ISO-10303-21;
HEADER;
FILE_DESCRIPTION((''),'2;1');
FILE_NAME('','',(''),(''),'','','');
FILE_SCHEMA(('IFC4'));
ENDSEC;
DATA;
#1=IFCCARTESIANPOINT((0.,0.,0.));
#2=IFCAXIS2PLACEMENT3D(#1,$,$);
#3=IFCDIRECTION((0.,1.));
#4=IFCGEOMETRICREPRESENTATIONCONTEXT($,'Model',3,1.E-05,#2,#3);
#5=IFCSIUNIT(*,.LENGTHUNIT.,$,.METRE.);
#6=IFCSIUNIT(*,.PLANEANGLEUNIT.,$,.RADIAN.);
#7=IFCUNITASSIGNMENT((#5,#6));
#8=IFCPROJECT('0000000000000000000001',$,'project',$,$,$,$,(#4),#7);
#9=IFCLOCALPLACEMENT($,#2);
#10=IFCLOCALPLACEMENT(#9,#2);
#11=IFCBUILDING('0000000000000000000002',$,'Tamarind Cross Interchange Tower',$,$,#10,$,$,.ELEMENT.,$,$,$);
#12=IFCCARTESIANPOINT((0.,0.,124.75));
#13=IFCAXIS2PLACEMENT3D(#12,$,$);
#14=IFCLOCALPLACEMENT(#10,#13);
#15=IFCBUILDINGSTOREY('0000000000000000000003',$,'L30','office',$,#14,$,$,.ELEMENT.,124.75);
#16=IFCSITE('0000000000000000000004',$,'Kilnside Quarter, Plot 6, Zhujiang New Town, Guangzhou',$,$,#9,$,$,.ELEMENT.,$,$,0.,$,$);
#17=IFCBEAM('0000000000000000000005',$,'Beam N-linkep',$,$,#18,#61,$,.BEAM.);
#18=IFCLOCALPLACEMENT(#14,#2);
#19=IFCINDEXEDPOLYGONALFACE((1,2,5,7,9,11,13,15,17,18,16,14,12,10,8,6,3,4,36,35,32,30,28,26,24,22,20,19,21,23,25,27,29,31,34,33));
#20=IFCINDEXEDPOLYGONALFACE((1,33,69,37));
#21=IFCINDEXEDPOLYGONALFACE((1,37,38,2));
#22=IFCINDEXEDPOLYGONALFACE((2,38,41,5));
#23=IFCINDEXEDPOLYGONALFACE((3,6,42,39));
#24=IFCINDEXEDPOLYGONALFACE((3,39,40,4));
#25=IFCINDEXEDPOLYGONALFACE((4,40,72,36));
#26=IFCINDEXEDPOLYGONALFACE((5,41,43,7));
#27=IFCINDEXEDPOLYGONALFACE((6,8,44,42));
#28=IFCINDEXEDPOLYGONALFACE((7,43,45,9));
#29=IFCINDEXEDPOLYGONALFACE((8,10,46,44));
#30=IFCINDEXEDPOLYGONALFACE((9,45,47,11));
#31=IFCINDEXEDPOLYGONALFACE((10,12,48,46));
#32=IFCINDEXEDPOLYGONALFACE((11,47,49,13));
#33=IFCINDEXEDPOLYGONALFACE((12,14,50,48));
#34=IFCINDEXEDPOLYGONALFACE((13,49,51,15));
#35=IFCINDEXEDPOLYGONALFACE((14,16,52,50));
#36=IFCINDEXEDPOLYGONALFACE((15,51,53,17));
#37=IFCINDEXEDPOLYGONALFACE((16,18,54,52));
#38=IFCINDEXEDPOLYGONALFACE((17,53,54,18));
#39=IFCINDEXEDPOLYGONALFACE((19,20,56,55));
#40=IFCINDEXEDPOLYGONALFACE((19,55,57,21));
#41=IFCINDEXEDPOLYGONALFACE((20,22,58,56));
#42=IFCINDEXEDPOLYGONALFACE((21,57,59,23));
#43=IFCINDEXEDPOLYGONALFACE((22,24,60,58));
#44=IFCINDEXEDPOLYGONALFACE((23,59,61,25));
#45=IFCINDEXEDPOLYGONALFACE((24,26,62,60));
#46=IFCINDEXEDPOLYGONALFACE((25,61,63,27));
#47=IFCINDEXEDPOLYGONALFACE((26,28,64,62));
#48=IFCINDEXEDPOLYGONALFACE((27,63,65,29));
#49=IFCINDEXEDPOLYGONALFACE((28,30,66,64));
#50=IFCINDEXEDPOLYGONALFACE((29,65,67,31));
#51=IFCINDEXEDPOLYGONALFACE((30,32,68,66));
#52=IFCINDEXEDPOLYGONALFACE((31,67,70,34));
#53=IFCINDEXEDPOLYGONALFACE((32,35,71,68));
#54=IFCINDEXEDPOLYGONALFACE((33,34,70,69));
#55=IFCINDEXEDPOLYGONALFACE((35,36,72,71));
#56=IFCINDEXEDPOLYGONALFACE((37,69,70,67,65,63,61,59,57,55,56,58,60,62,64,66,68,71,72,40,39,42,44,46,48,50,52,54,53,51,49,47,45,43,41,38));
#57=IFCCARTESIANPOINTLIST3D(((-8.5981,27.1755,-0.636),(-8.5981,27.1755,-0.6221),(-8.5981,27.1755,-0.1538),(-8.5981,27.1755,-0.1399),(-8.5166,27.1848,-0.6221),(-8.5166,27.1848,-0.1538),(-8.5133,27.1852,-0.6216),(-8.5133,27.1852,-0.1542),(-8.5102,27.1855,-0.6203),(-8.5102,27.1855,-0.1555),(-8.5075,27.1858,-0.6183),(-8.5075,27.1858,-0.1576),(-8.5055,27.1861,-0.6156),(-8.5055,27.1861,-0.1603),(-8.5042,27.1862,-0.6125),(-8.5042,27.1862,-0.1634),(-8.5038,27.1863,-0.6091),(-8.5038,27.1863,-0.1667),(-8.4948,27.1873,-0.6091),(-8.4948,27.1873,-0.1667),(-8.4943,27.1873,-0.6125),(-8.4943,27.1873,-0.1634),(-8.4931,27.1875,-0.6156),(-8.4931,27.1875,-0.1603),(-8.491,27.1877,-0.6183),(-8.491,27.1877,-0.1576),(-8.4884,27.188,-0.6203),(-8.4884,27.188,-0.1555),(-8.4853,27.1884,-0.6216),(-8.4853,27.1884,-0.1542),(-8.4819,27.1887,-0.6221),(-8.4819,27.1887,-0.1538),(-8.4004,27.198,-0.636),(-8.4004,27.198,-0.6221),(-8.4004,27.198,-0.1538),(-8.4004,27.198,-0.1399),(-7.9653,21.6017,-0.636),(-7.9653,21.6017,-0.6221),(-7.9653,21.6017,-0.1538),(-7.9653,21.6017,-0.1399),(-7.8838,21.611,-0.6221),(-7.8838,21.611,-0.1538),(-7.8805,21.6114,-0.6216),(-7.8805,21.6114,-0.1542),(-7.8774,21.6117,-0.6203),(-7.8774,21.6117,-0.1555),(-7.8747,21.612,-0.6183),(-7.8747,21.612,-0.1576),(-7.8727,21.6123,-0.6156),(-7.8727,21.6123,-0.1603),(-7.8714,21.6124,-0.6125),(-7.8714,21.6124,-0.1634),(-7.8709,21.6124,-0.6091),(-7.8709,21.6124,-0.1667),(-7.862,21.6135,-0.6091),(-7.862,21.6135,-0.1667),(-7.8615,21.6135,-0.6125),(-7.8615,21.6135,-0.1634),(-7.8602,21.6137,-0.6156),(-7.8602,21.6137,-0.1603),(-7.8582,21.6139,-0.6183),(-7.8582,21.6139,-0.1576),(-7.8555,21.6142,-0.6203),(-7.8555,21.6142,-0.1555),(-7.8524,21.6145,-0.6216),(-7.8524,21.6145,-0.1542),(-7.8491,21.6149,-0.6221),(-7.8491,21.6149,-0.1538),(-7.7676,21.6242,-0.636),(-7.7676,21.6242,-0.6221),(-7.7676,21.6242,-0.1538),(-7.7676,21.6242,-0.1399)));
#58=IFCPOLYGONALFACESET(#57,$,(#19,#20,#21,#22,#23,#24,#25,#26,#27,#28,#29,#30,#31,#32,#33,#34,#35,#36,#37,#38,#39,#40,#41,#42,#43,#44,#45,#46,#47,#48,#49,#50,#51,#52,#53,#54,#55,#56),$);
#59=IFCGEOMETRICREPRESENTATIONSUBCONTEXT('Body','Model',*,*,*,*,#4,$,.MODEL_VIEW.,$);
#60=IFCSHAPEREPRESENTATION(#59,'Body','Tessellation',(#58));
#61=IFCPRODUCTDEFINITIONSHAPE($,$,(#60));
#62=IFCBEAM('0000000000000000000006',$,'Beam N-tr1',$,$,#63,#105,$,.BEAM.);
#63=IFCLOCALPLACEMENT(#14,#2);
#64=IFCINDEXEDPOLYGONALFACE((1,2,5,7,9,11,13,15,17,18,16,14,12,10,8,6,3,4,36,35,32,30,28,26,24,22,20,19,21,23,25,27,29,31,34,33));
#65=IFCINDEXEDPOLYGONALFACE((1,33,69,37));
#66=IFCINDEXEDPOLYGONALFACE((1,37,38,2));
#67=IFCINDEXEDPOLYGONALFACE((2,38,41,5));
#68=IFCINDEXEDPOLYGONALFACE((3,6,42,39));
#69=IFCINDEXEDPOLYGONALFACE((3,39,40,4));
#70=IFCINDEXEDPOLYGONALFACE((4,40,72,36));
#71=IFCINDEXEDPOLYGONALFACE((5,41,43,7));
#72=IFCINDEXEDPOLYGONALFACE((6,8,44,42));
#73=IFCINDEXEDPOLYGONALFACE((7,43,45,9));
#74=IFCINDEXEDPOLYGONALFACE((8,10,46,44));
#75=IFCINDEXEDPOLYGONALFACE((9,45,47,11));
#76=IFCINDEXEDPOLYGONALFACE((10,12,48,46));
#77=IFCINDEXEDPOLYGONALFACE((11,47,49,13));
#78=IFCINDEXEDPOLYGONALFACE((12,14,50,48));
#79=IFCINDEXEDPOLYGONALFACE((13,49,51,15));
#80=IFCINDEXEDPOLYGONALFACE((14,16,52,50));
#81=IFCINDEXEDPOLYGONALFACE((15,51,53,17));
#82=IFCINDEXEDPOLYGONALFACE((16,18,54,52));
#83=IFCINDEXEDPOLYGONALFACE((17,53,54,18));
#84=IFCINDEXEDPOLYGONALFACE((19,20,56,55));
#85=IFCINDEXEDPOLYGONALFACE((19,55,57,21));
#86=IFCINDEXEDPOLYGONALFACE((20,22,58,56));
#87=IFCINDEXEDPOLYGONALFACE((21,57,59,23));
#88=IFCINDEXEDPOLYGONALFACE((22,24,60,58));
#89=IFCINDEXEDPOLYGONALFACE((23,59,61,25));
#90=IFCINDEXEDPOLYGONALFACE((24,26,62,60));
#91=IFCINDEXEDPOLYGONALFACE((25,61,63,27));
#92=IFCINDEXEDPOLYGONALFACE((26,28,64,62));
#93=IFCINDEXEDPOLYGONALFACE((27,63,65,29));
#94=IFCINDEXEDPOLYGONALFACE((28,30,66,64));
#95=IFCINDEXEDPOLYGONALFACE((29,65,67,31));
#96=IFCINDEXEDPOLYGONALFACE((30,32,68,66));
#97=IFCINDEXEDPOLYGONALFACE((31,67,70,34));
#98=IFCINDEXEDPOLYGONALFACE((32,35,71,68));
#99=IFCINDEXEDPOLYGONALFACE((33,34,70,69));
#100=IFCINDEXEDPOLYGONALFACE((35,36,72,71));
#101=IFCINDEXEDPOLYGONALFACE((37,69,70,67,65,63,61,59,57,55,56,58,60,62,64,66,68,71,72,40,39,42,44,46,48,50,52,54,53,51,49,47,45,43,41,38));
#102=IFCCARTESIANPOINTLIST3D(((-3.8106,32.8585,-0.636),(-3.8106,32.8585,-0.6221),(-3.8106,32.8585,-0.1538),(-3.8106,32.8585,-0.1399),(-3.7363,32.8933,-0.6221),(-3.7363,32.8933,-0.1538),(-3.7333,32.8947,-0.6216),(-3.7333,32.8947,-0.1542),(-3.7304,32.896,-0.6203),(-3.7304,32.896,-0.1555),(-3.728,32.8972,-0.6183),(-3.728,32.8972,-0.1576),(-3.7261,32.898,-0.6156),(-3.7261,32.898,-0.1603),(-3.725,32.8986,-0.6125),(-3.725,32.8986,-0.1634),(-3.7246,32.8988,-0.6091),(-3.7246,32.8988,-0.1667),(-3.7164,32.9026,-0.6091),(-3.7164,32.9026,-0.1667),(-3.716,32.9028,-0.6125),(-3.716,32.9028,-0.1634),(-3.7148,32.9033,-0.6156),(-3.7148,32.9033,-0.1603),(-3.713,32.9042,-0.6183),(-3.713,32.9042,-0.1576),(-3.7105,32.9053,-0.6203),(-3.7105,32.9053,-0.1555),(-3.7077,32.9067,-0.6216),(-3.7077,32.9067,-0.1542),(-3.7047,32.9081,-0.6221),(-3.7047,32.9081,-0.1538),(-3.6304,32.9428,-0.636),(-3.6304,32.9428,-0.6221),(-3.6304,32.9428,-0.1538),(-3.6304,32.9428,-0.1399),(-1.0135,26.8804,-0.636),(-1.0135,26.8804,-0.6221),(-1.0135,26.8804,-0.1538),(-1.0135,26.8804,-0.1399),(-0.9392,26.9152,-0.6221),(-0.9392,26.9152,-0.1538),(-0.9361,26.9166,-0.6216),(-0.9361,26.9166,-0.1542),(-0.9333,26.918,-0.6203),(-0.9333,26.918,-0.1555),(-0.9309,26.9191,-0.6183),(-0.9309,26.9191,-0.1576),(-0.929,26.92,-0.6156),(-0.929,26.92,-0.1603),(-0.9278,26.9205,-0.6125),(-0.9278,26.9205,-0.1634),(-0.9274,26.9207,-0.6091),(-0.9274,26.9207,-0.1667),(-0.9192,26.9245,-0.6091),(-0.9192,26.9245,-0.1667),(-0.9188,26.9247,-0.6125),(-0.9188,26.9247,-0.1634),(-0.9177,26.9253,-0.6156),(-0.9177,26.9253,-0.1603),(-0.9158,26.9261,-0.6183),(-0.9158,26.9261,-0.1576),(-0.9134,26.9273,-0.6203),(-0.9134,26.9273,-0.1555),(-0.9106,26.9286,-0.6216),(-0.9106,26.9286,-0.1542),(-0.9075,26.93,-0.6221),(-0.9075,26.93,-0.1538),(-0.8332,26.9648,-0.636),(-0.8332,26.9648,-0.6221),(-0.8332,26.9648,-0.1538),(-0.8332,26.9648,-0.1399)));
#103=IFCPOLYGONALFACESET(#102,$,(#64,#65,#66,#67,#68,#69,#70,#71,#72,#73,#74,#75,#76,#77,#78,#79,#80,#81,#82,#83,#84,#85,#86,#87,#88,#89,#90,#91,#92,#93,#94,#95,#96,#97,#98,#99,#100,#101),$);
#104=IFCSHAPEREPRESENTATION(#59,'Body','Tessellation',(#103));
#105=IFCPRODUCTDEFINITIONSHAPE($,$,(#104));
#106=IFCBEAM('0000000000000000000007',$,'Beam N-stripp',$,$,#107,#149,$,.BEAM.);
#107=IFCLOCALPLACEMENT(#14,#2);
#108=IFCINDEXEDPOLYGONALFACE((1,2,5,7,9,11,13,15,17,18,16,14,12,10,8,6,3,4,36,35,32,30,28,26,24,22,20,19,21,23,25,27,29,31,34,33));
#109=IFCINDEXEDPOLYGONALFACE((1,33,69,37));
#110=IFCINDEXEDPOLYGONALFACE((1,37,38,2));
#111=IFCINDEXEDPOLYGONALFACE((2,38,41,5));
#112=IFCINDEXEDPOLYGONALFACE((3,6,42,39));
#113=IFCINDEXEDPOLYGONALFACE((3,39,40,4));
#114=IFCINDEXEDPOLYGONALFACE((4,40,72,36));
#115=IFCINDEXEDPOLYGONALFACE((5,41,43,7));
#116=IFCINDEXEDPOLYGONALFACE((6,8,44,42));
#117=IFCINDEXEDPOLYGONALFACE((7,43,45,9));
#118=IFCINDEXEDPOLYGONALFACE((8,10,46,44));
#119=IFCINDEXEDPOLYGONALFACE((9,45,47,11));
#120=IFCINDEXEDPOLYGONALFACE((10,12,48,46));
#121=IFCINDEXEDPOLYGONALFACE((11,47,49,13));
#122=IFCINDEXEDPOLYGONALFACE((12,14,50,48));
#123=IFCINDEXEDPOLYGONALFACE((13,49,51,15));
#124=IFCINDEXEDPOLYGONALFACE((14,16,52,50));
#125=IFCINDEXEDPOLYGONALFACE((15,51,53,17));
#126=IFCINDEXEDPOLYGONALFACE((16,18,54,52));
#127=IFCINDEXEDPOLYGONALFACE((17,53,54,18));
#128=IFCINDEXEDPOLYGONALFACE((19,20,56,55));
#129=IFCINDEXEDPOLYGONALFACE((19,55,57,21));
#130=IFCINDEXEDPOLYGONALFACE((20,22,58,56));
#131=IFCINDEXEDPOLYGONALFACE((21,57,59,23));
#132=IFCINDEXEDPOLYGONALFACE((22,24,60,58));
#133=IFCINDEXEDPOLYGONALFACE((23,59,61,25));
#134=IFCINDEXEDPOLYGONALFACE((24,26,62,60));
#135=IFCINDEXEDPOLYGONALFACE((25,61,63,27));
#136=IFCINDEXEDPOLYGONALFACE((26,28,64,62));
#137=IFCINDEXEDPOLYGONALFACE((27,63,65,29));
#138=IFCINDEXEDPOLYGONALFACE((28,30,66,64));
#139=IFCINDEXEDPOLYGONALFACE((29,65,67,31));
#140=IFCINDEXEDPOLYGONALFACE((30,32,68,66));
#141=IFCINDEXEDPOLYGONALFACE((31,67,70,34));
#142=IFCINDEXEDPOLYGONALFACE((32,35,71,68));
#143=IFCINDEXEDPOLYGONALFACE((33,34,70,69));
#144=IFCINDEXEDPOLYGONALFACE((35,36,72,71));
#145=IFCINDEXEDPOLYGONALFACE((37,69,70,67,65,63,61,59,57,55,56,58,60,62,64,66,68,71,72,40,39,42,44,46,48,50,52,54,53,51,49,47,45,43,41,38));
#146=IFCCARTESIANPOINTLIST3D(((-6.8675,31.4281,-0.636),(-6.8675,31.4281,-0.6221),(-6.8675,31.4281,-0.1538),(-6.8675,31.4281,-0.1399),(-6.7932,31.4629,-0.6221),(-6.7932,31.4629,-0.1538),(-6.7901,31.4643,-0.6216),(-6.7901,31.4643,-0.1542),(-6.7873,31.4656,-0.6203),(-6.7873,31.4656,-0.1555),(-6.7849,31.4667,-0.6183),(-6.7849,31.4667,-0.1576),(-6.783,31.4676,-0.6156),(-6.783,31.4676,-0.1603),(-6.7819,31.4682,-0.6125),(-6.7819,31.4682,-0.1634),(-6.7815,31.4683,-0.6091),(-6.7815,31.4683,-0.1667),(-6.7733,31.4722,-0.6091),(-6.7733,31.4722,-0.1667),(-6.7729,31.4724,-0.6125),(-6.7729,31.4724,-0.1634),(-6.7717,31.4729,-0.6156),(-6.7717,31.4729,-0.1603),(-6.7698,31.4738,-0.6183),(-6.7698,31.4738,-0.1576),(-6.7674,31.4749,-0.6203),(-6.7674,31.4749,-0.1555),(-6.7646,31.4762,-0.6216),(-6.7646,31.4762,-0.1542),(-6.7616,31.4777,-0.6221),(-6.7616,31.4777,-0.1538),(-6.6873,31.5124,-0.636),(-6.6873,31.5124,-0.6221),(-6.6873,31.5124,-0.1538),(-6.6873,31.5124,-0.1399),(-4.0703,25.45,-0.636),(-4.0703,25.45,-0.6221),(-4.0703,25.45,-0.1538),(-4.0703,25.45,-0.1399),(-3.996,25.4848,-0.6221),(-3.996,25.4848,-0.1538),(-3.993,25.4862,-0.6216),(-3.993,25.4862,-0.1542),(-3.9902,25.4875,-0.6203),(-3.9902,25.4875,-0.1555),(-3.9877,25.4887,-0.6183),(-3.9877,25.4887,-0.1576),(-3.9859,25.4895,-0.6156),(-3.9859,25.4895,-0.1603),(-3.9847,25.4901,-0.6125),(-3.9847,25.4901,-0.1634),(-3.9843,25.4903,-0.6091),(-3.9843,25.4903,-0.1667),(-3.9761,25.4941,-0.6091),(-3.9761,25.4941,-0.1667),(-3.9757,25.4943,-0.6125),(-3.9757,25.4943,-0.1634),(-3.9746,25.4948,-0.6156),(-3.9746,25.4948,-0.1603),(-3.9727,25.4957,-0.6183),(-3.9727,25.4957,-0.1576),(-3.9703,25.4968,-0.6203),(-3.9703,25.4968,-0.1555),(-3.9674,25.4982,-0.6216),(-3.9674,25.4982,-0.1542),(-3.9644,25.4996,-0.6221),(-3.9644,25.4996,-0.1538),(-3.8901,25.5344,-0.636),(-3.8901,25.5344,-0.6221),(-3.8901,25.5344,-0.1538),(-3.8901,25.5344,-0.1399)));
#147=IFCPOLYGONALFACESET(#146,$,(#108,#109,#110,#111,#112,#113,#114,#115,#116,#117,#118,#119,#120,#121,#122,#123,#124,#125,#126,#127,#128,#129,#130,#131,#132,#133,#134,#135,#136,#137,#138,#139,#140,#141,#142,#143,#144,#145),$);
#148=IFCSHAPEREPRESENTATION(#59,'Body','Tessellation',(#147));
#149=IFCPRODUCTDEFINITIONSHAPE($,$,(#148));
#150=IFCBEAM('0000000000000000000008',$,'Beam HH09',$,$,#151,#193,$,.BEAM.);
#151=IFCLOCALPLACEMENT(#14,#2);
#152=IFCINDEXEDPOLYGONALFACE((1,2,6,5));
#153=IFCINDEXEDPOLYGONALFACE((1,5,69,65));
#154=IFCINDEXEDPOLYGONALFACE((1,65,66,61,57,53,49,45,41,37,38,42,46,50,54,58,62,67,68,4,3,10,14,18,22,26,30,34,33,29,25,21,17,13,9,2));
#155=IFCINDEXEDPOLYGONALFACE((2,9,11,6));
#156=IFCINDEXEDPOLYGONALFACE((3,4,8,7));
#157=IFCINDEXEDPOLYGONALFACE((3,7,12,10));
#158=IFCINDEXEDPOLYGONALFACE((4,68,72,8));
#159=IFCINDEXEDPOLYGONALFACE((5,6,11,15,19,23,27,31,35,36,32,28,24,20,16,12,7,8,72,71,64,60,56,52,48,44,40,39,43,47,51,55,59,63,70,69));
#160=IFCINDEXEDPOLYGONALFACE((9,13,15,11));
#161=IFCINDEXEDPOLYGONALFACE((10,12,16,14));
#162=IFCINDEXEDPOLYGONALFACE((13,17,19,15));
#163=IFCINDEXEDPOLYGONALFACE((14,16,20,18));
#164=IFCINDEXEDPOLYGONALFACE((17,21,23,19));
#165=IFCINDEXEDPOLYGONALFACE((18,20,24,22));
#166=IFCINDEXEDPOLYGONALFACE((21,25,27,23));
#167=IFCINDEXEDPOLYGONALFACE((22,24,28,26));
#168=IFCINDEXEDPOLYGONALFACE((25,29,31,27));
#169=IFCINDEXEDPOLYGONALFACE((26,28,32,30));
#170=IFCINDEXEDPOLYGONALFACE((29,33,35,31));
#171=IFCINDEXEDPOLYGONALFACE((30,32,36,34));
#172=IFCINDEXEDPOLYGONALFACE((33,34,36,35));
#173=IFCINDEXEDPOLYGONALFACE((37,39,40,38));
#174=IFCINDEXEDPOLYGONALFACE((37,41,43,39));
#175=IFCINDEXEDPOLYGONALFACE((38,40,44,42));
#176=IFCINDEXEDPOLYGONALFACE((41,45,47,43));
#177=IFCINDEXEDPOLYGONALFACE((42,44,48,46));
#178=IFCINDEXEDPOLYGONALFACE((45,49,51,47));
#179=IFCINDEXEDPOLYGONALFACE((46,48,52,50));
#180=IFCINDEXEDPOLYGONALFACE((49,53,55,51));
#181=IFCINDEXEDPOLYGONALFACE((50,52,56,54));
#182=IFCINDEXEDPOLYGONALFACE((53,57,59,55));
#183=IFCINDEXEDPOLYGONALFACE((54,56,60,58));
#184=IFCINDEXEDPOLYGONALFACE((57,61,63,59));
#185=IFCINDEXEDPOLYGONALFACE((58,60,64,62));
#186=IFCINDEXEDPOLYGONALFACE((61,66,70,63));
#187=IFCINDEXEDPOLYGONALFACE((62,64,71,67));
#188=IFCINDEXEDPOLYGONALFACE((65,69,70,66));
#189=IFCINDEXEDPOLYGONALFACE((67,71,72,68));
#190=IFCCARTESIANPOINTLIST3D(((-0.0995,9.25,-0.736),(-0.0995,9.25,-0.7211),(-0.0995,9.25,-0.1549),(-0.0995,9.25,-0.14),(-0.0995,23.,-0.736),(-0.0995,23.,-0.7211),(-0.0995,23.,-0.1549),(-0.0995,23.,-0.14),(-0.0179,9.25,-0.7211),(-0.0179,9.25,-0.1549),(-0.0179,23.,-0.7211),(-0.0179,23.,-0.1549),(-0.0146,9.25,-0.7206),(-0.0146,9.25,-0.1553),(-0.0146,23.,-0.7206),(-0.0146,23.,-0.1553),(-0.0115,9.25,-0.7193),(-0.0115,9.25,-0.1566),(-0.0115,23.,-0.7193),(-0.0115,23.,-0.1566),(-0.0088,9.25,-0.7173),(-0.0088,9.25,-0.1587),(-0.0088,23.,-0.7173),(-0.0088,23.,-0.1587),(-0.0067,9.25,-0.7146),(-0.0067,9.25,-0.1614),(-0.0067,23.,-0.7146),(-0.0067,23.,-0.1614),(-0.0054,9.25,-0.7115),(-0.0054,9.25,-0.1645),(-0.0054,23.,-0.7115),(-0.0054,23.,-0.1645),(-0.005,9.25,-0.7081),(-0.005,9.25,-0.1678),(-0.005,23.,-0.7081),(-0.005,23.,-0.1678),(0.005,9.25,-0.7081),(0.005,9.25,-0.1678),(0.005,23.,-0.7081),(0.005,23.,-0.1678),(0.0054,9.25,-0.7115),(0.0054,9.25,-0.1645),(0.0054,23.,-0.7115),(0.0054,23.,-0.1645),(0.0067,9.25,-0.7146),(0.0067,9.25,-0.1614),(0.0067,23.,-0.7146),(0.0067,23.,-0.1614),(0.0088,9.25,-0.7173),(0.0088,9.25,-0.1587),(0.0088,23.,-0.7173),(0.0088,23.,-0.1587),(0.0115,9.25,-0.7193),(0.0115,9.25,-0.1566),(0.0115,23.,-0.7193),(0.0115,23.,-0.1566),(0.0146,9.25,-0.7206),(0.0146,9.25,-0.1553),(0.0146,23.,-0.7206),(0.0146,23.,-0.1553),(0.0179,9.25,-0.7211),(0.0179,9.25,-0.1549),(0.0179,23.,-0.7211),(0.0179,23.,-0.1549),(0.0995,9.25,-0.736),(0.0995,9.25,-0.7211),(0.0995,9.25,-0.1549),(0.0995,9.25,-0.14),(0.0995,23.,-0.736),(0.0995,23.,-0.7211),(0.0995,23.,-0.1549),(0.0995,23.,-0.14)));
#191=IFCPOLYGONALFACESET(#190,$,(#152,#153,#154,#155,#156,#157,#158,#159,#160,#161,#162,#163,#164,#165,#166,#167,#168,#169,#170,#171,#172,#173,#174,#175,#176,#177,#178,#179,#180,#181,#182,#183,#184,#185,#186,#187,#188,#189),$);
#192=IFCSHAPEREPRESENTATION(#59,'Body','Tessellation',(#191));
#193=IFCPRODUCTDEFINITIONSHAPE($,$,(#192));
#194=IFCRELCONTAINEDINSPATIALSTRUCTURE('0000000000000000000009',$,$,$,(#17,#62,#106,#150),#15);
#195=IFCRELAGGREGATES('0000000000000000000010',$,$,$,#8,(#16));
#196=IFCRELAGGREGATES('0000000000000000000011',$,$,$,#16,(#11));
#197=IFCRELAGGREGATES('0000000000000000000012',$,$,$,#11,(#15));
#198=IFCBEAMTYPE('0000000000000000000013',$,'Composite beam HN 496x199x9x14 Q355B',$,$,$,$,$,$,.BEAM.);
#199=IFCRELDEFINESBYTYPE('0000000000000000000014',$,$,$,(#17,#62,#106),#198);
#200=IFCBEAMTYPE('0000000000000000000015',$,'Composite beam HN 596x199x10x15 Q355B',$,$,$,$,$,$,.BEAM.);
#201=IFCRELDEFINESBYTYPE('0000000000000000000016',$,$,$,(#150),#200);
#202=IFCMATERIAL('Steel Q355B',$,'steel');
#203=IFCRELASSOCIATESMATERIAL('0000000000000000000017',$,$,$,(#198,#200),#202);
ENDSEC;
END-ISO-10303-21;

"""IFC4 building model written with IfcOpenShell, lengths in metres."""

from ifc_helpers import new_model, si_unit, direction, frame, origin, origin_2d, place, context, subcontext, project, spatial, i_section, extrude, material, material_profile, profile_set, type_object, element, save


model = new_model("IFC4")

# Units and contexts
model_context = context("Model", 3, precision=1e-05, world=origin(), true_north=direction((0.0, 1.0)))
body_context = subcontext(model_context, "Body", "Model", "MODEL_VIEW")
ifc_project = project(units=[si_unit("LENGTHUNIT", "METRE"), si_unit("PLANEANGLEUNIT", "RADIAN")], contexts=[model_context])

# Site, building, storey
site_placement = place(None, origin())
site = spatial("IfcSite", under=ifc_project, at=site_placement, Name="Kilnside Quarter, Plot 6, Zhujiang New Town, Guangzhou", CompositionType="ELEMENT", RefElevation=0.0)
building_placement = place(site_placement, origin())
building = spatial("IfcBuilding", under=site, at=building_placement, Name="Tamarind Cross Interchange Tower", CompositionType="ELEMENT")
storey_placement = place(building_placement, frame((0.0, 0.0, 124.75)))
storey = spatial("IfcBuildingStorey", under=building, at=storey_placement, Name="L30", Description="office", CompositionType="ELEMENT", Elevation=124.75)

# Beams
ifc_material_1 = material(Name="Steel Q355B", Category="steel")
ifc_material_profile_1 = material_profile(ifc_material_1, i_section(OverallWidth=0.199, OverallDepth=0.4961, WebThickness=0.009, FlangeThickness=0.0139, FilletRadius=0.0129, at=origin_2d()), Name="HN 496x199x9x14")
ifc_profile_set_1 = profile_set([ifc_material_profile_1], Name="Steel Q355B")
beam_type_1 = type_object("IfcBeamType", Name="Composite beam HN 496x199x9x14 Q355B", PredefinedType="BEAM", material=ifc_profile_set_1)
beam_1_placement = place(storey_placement, frame((-8.4993, 27.1868, -0.3879), z_axis=(0.11281, -0.993617, 0.0), x_axis=(0.993617, 0.11281, 0.0)))
element("IfcBeam", 1, at=beam_1_placement, inside=storey, type_object=beam_type_1, Name="Beam N-linkep", PredefinedType="BEAM", context=body_context, shape_type="SweptSolid", body=[
    extrude(i_section(OverallWidth=0.199, OverallDepth=0.4961, WebThickness=0.009, FlangeThickness=0.0139, FilletRadius=0.0129, at=origin_2d()), origin(), (0.0, 0.0, 1.0), 5.6096),
])
for number, where, z_axis, x_axis, name in (
    (2, (-0.9233, 26.9226, -0.3879), (-0.423803, 0.905755, 0.0), (-0.905755, -0.423803, 0.0), "Beam N-tr1"),
    (3, (-3.9802, 25.4922, -0.3879), (-0.423803, 0.905755, 0.0), (-0.905755, -0.423803, 0.0), "Beam N-stripp"),
):
    element("IfcBeam", number, at=place(storey_placement, frame(where, z_axis=z_axis, x_axis=x_axis)), inside=storey, type_object=beam_type_1, Name=name, PredefinedType="BEAM", context=body_context, shape_type="SweptSolid", body=[
        extrude(i_section(OverallWidth=0.199, OverallDepth=0.4961, WebThickness=0.009, FlangeThickness=0.0139, FilletRadius=0.0129, at=origin_2d()), origin(), (0.0, 0.0, 1.0), 6.6001),
    ])
ifc_material_profile_2 = material_profile(ifc_material_1, i_section(OverallWidth=0.199, OverallDepth=0.5959, WebThickness=0.01, FlangeThickness=0.0149, FilletRadius=0.0129, at=origin_2d()), Name="HN 596x199x10x15")
ifc_profile_set_2 = profile_set([ifc_material_profile_2], Name="Steel Q355B")
beam_type_2 = type_object("IfcBeamType", Name="Composite beam HN 596x199x10x15 Q355B", PredefinedType="BEAM", material=ifc_profile_set_2)
beam_2_placement = place(storey_placement, frame((0.0, 23.0, -0.438), z_axis=(0.0, -1.0, 0.0), x_axis=(1.0, 0.0, 0.0)))
element("IfcBeam", 4, at=beam_2_placement, inside=storey, type_object=beam_type_2, Name="Beam HH09", PredefinedType="BEAM", context=body_context, shape_type="SweptSolid", body=[
    extrude(i_section(OverallWidth=0.199, OverallDepth=0.5959, WebThickness=0.01, FlangeThickness=0.0149, FilletRadius=0.0129, at=origin_2d()), origin(), (0.0, 0.0, 1.0), 13.75),
])

save(model, "model.ifc")
